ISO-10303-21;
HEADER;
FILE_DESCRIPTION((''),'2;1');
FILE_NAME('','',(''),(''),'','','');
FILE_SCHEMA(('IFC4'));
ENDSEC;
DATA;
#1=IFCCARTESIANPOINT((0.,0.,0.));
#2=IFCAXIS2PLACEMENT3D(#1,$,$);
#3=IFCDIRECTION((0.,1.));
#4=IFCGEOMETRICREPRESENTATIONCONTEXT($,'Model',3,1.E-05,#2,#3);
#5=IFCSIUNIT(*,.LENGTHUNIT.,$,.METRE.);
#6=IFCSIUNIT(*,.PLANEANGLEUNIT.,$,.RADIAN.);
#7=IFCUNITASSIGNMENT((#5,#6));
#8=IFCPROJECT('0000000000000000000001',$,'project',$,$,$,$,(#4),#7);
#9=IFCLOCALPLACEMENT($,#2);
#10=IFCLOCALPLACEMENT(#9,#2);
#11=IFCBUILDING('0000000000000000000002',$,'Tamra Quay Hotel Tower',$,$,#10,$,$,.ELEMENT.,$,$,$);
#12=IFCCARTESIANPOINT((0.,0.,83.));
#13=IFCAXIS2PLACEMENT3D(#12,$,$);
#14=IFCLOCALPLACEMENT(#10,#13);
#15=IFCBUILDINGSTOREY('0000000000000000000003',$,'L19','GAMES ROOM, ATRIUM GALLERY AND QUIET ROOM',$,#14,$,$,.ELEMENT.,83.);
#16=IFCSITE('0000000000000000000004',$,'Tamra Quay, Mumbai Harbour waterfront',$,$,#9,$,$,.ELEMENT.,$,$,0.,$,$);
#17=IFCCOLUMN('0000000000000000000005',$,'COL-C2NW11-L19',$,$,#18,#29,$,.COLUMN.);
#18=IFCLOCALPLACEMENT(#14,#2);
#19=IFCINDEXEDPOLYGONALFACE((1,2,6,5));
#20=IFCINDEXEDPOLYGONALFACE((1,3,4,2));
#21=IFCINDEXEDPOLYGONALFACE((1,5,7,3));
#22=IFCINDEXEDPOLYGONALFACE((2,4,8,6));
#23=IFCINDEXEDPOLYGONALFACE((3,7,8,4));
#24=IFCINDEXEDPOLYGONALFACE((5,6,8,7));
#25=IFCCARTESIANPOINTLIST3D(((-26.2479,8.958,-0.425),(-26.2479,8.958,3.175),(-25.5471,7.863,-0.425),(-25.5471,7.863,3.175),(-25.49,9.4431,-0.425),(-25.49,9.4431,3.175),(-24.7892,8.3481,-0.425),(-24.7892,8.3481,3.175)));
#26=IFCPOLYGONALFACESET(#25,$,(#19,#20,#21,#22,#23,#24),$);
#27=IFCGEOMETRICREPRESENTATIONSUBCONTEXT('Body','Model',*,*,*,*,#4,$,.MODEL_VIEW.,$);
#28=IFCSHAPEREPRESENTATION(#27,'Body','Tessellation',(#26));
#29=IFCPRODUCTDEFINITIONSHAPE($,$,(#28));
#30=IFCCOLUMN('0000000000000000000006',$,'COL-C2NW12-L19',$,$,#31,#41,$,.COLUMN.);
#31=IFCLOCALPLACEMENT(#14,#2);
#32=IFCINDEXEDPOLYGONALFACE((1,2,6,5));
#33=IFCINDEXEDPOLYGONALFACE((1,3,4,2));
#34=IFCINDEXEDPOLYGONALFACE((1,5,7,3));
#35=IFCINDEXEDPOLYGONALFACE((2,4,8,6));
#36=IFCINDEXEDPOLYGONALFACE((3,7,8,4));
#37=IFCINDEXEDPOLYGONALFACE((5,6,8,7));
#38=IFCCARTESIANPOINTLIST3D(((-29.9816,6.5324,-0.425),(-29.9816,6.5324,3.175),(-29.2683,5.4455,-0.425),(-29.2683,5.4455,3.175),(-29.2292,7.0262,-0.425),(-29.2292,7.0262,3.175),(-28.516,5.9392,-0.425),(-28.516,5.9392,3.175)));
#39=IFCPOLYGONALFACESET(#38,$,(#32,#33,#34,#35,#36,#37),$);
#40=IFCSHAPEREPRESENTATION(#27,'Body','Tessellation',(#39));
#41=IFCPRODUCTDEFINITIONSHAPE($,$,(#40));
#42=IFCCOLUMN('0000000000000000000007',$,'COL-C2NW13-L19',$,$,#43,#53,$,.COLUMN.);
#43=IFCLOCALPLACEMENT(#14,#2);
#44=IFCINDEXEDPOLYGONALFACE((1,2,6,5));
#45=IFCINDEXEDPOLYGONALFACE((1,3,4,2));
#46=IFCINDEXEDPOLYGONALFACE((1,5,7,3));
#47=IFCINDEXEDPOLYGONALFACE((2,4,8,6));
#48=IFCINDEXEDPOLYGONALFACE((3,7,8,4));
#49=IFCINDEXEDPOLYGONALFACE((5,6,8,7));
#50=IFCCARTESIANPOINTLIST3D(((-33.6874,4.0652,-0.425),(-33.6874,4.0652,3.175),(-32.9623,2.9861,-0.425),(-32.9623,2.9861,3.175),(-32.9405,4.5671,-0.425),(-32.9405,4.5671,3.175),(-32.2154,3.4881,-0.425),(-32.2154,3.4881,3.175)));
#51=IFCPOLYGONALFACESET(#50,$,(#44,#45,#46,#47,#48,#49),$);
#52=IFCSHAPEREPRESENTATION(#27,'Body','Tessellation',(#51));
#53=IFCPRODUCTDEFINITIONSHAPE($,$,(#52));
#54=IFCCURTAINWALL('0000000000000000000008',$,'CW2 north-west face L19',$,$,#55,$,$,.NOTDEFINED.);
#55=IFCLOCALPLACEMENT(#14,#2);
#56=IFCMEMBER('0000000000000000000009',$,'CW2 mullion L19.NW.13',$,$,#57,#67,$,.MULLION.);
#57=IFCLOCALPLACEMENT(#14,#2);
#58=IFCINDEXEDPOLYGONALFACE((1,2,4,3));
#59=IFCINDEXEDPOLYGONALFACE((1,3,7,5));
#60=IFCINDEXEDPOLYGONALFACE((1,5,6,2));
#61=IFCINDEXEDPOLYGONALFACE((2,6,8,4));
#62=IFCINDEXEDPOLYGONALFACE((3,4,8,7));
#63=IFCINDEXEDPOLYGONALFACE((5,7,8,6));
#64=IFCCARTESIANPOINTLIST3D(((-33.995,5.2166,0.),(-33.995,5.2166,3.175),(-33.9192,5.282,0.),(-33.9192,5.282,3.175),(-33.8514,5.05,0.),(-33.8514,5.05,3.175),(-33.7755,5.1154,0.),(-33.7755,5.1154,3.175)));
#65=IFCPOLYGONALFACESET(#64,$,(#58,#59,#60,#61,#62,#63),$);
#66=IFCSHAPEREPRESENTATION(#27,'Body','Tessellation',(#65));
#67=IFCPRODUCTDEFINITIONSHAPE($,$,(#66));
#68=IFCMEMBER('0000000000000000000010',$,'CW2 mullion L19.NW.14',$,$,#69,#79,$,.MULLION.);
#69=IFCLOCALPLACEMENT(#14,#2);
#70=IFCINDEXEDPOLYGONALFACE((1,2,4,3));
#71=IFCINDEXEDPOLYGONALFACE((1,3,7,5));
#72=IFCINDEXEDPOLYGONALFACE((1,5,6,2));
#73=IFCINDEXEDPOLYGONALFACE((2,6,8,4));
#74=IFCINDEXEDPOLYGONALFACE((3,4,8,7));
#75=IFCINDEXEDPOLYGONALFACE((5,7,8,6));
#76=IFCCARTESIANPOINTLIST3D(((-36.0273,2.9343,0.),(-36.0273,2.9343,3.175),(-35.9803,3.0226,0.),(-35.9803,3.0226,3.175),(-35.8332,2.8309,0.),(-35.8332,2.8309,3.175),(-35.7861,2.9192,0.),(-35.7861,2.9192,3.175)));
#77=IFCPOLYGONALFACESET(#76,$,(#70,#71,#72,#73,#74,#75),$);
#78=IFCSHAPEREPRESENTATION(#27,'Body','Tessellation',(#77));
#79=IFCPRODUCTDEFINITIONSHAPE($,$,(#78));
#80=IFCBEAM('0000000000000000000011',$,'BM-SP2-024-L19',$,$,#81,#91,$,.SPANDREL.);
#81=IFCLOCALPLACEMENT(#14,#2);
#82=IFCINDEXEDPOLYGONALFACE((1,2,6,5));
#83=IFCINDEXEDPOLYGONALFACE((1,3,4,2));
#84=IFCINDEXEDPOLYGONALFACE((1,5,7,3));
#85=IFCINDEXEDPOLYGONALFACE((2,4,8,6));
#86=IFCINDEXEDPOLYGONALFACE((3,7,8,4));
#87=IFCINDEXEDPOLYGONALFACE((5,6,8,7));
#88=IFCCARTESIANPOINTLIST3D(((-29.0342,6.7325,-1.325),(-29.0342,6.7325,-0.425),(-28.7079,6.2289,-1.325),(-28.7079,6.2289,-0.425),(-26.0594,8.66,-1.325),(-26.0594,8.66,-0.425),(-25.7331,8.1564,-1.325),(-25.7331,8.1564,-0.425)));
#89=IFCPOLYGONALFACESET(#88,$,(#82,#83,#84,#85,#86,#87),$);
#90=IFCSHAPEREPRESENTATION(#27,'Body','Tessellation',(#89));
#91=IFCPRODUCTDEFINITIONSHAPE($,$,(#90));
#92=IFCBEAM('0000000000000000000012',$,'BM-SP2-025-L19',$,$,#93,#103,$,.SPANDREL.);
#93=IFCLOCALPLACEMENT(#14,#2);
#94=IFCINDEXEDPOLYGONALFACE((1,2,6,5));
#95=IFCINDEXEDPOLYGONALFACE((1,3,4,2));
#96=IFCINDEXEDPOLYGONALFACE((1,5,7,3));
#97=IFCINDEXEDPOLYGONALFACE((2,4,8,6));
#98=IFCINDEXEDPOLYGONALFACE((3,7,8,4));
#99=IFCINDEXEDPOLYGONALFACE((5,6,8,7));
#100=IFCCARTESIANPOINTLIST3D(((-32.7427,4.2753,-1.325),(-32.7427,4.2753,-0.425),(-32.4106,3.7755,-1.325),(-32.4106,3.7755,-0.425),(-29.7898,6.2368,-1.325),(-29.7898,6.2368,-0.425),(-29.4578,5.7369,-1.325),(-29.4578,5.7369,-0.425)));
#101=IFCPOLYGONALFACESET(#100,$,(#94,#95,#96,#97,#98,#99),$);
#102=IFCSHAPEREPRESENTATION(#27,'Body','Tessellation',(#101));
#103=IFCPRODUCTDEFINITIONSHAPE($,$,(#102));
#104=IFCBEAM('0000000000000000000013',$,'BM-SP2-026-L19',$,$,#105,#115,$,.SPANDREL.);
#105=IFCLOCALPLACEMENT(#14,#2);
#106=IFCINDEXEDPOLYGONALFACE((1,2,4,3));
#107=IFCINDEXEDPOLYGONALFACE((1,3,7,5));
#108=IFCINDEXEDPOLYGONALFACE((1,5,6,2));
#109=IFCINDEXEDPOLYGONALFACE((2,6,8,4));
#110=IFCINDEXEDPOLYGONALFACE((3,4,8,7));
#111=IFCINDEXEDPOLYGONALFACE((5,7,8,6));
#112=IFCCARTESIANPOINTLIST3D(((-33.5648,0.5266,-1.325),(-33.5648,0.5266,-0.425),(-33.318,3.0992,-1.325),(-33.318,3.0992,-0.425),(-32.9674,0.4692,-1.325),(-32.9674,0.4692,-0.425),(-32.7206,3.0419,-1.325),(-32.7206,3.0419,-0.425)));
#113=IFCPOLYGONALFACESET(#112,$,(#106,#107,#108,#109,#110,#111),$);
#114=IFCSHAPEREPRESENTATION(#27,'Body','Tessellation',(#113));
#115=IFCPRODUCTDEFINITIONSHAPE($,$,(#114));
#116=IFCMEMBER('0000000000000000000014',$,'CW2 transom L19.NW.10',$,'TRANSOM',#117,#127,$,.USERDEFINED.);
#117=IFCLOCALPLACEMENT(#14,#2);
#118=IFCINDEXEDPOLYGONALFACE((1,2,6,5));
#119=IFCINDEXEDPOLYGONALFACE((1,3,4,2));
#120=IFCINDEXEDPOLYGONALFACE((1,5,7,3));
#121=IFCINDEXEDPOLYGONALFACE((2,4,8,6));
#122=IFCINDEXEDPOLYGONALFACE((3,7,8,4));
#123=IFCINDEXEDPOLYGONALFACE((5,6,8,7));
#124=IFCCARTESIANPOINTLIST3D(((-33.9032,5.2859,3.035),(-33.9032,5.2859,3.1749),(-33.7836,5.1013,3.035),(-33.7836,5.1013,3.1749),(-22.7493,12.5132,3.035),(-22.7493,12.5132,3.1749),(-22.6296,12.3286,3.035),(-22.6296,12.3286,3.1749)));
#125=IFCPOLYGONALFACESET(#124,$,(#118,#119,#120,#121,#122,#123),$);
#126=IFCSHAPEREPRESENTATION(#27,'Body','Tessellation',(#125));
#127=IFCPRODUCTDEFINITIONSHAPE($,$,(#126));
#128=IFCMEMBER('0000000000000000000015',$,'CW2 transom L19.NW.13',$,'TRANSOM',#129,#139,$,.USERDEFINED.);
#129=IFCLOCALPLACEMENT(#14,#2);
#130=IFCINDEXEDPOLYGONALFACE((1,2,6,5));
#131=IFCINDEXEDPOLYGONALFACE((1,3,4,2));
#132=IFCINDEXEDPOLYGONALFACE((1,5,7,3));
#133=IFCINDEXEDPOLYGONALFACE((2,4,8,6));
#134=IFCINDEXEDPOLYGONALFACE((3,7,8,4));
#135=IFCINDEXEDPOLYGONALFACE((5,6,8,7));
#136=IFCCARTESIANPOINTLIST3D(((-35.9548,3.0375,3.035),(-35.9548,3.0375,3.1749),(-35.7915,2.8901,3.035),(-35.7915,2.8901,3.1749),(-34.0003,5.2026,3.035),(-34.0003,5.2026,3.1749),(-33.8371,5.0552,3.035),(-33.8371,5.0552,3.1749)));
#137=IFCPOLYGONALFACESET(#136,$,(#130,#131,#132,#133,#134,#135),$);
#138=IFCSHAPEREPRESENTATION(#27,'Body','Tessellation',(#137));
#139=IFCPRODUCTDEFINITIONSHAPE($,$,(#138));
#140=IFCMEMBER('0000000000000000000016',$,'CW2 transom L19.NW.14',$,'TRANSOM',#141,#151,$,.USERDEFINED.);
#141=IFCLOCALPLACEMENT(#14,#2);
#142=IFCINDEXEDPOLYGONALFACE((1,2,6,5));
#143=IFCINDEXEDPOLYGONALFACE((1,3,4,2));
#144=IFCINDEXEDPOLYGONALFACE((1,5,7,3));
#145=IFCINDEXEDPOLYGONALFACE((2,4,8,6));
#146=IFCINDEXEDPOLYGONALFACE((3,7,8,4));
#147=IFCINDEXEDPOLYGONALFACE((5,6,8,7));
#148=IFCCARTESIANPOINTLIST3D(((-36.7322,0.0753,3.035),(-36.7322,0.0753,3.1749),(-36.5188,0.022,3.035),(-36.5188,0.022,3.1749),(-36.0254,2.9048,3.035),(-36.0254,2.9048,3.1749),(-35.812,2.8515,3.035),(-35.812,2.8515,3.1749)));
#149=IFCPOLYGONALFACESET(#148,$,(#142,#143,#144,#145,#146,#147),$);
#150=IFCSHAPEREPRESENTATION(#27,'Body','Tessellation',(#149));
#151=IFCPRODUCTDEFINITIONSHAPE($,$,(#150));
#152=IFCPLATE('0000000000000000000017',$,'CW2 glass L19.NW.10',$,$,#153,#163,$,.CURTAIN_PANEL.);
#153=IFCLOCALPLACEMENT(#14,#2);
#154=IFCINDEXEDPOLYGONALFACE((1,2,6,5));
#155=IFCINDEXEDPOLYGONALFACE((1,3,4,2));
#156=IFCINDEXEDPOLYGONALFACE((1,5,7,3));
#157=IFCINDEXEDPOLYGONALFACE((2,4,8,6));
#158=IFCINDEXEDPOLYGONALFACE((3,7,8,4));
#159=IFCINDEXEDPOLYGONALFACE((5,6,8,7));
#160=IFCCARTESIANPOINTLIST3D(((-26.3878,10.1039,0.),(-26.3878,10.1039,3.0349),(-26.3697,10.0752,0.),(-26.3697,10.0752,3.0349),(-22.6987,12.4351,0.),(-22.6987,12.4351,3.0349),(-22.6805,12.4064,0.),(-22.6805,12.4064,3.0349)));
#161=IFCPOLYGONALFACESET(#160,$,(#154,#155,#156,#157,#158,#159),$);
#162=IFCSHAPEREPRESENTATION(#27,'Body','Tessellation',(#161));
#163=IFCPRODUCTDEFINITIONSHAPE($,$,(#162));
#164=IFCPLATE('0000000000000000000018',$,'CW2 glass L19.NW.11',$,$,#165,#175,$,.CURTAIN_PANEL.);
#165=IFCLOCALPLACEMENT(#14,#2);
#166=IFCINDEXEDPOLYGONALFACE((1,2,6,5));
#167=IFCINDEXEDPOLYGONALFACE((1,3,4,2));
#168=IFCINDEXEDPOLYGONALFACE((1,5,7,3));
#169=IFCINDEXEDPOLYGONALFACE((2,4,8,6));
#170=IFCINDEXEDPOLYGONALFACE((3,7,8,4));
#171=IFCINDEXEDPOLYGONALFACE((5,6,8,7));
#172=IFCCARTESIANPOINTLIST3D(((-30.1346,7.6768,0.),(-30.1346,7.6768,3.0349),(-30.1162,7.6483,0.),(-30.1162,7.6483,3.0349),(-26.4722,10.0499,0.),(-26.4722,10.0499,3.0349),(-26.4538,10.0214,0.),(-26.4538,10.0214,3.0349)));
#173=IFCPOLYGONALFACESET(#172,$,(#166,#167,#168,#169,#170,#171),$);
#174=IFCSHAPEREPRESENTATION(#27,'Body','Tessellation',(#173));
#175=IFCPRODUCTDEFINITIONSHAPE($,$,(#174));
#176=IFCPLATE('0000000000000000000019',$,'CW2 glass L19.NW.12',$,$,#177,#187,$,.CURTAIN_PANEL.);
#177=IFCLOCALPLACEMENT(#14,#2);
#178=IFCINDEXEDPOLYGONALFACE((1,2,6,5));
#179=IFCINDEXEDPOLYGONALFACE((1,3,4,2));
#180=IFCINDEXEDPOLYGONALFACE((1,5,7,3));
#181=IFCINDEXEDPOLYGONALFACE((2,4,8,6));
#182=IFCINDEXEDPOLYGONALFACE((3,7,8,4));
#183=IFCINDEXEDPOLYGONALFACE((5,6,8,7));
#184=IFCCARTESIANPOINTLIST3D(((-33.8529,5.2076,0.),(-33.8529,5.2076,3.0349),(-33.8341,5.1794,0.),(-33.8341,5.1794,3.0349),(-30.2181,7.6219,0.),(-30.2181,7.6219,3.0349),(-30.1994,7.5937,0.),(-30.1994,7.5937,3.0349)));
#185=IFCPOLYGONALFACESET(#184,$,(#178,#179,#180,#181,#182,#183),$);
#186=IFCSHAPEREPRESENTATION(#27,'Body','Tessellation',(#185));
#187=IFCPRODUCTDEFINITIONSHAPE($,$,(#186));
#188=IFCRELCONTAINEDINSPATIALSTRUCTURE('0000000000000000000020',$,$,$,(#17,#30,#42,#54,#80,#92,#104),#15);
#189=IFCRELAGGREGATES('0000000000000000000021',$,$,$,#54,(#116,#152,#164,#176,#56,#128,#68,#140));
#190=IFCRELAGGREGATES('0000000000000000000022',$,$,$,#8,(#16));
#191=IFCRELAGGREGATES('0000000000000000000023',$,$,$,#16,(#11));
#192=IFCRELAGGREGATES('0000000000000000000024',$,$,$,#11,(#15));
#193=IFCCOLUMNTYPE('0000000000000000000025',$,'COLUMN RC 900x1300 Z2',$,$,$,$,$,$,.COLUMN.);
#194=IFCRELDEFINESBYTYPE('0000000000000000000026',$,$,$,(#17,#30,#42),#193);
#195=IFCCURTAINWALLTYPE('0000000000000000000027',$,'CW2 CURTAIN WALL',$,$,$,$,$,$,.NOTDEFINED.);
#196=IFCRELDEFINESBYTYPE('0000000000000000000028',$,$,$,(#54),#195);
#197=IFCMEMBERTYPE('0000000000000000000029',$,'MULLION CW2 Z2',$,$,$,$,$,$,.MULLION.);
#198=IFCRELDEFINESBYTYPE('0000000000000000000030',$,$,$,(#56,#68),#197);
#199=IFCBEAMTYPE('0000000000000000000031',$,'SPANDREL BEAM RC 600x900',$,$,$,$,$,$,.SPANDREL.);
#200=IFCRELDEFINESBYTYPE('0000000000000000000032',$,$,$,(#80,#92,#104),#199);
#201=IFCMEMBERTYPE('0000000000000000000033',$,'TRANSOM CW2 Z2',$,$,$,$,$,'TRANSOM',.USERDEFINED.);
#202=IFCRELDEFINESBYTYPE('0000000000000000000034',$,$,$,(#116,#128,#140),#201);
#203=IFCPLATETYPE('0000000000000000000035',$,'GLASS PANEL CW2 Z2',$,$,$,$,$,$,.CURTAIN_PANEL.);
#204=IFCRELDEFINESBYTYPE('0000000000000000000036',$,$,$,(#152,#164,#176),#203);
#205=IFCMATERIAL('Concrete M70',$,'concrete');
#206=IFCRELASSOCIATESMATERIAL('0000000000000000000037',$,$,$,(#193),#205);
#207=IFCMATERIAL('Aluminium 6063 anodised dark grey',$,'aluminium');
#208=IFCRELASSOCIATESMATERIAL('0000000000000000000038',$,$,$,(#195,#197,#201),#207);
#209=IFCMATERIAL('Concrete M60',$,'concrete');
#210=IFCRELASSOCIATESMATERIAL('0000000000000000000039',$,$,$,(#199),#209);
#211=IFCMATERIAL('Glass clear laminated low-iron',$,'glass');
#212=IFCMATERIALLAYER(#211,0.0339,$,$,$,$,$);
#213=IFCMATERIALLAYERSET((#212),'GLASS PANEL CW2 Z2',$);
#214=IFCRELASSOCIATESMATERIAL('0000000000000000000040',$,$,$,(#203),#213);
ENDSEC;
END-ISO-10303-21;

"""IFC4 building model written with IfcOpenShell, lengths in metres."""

from ifc_helpers import new_model, si_unit, direction, frame, origin, origin_2d, place, context, subcontext, project, spatial, rectangle, extrude, material, layer, layer_set, material_profile, profile_set, type_object, element, aggregate, save


model = new_model("IFC4")

# Units and contexts
model_context = context("Model", 3, precision=1e-05, world=origin(), true_north=direction((0.0, 1.0)))
body_context = subcontext(model_context, "Body", "Model", "MODEL_VIEW")
ifc_project = project(units=[si_unit("LENGTHUNIT", "METRE"), si_unit("PLANEANGLEUNIT", "RADIAN")], contexts=[model_context])

# Site, building, storey
site_placement = place(None, origin())
site = spatial("IfcSite", under=ifc_project, at=site_placement, Name="Tamra Quay, Mumbai Harbour waterfront", CompositionType="ELEMENT", RefElevation=0.0)
building_placement = place(site_placement, origin())
building = spatial("IfcBuilding", under=site, at=building_placement, Name="Tamra Quay Hotel Tower", CompositionType="ELEMENT")
storey_placement = place(building_placement, frame((0.0, 0.0, 83.0)))
storey = spatial("IfcBuildingStorey", under=building, at=storey_placement, Name="L19", Description="GAMES ROOM, ATRIUM GALLERY AND QUIET ROOM", CompositionType="ELEMENT", Elevation=83.0)

# Columns
ifc_material_1 = material(Name="Concrete M70", Category="concrete")
ifc_material_profile_1 = material_profile(ifc_material_1, rectangle(XDim=1.3, YDim=0.8999, at=origin_2d()), Name="COLUMN RC 900x1300 Z2")
ifc_profile_set_1 = profile_set([ifc_material_profile_1], Name="Concrete M70")
column_type = type_object("IfcColumnType", Name="COLUMN RC 900x1300 Z2", PredefinedType="COLUMN", material=ifc_profile_set_1)
for number, where, z_axis, x_axis, name in (
    (1, (-25.5186, 8.6531, -0.425), (0.0, 0.0, 1.0), (-0.539065, 0.842264, 0.0), "COL-C2NW11-L19"),
    (2, (-29.2488, 6.2358, -0.425), (0.0, 0.0, 1.0), (-0.548641, 0.836058, 0.0), "COL-C2NW12-L19"),
    (3, (-32.9514, 3.7766, -0.425), (0.0, 0.0, 1.0), (-0.557767, 0.829998, 0.0), "COL-C2NW13-L19"),
):
    element("IfcColumn", number, at=place(storey_placement, frame(where, z_axis=z_axis, x_axis=x_axis)), inside=storey, type_object=column_type, Name=name, PredefinedType="COLUMN", context=body_context, shape_type="SweptSolid", body=[
        extrude(rectangle(XDim=1.3, YDim=0.8999, at=origin_2d()), origin(), (0.0, 0.0, 1.0), 3.6001),
    ])

# Curtain wall, members
ifc_material_2 = material(Name="Aluminium 6063 anodised dark grey", Category="aluminium")
curtain_wall_type = type_object("IfcCurtainWallType", Name="CW2 CURTAIN WALL", PredefinedType="NOTDEFINED", material=ifc_material_2)
curtain_wall_placement = place(storey_placement, origin())
curtain_wall = element("IfcCurtainWall", 4, at=curtain_wall_placement, inside=storey, type_object=curtain_wall_type, Name="CW2 north-west face L19", PredefinedType="NOTDEFINED")
ifc_material_profile_2 = material_profile(ifc_material_2, rectangle(XDim=0.22, YDim=0.1001, at=origin_2d()), Name="MULLION 100X220")
ifc_profile_set_2 = profile_set([ifc_material_profile_2], Name="Aluminium 6063 anodised dark grey")
member_type_1 = type_object("IfcMemberType", Name="MULLION CW2 Z2", PredefinedType="MULLION", material=ifc_profile_set_2)
member_1_placement = place(storey_placement, frame((-33.8853, 5.166, 0.0), z_axis=(0.0, 0.0, 1.0), x_axis=(-0.652887, 0.757455, 0.0)))
member_1 = element("IfcMember", 5, at=member_1_placement, type_object=member_type_1, Name="CW2 mullion L19.NW.13", PredefinedType="MULLION", context=body_context, shape_type="SweptSolid", body=[
    extrude(rectangle(XDim=0.22, YDim=0.1001, at=origin_2d()), origin(), (0.0, 0.0, 1.0), 3.175),
])
member_2_placement = place(storey_placement, frame((-35.9067, 2.9268, 0.0), z_axis=(0.0, 0.0, 1.0), x_axis=(-0.882544, 0.47023, 0.0)))
member_2 = element("IfcMember", 6, at=member_2_placement, type_object=member_type_1, Name="CW2 mullion L19.NW.14", PredefinedType="MULLION", context=body_context, shape_type="SweptSolid", body=[
    extrude(rectangle(XDim=0.22, YDim=0.1001, at=origin_2d()), origin(), (0.0, 0.0, 1.0), 3.175),
])

# Beams
ifc_material_3 = material(Name="Concrete M60", Category="concrete")
ifc_material_profile_3 = material_profile(ifc_material_3, rectangle(XDim=0.6001, YDim=0.8999, at=origin_2d()), Name="SPANDREL BEAM RC 600x900")
ifc_profile_set_3 = profile_set([ifc_material_profile_3], Name="Concrete M60")
beam_type = type_object("IfcBeamType", Name="SPANDREL BEAM RC 600x900", PredefinedType="SPANDREL", material=ifc_profile_set_3)
beam_1_placement = place(storey_placement, frame((-25.8962, 8.4082, -0.875), z_axis=(-0.839237, -0.543765, 0.0), x_axis=(0.543765, -0.839237, 0.0)))
element("IfcBeam", 7, at=beam_1_placement, inside=storey, type_object=beam_type, Name="BM-SP2-024-L19", PredefinedType="SPANDREL", context=body_context, shape_type="SweptSolid", body=[
    extrude(rectangle(XDim=0.6001, YDim=0.8999, at=origin_2d()), origin(), (0.0, 0.0, 1.0), 3.5447),
])
beam_2_placement = place(storey_placement, frame((-29.6238, 5.9868, -0.875), z_axis=(-0.832982, -0.553301, 0.0), x_axis=(0.553301, -0.832982, 0.0)))
element("IfcBeam", 8, at=beam_2_placement, inside=storey, type_object=beam_type, Name="BM-SP2-025-L19", PredefinedType="SPANDREL", context=body_context, shape_type="SweptSolid", body=[
    extrude(rectangle(XDim=0.6001, YDim=0.8999, at=origin_2d()), origin(), (0.0, 0.0, 1.0), 3.5449),
])
beam_3_placement = place(storey_placement, frame((-33.0193, 3.0706, -0.875), z_axis=(-0.0955, -0.995429, 0.0), x_axis=(0.995429, -0.0955, 0.0)))
element("IfcBeam", 9, at=beam_3_placement, inside=storey, type_object=beam_type, Name="BM-SP2-026-L19", PredefinedType="SPANDREL", context=body_context, shape_type="SweptSolid", body=[
    extrude(rectangle(XDim=0.6001, YDim=0.8999, at=origin_2d()), origin(), (0.0, 0.0, 1.0), 2.5845),
])

# Members
ifc_material_profile_4 = material_profile(ifc_material_2, rectangle(XDim=0.22, YDim=0.1399, at=origin_2d()), Name="TRANSOM 220X140")
ifc_profile_set_4 = profile_set([ifc_material_profile_4], Name="Aluminium 6063 anodised dark grey")
member_type_2 = type_object("IfcMemberType", Name="TRANSOM CW2 Z2", ElementType="TRANSOM", PredefinedType="USERDEFINED", material=ifc_profile_set_4)
member_3_placement = place(storey_placement, frame((-22.6895, 12.4209, 3.105), z_axis=(-0.839228, -0.54378, 0.0), x_axis=(0.54378, -0.839228, 0.0)))
member_3 = element("IfcMember", 10, at=member_3_placement, type_object=member_type_2, Name="CW2 transom L19.NW.10", ObjectType="TRANSOM", PredefinedType="USERDEFINED", context=body_context, shape_type="SweptSolid", body=[
    extrude(rectangle(XDim=0.22, YDim=0.1399, at=origin_2d()), origin(), (0.0, 0.0, 1.0), 13.2908),
])
member_4_placement = place(storey_placement, frame((-33.9187, 5.1289, 3.105), z_axis=(-0.670065, -0.742303, 0.0), x_axis=(0.742303, -0.670065, 0.0)))
member_4 = element("IfcMember", 11, at=member_4_placement, type_object=member_type_2, Name="CW2 transom L19.NW.13", ObjectType="TRANSOM", PredefinedType="USERDEFINED", context=body_context, shape_type="SweptSolid", body=[
    extrude(rectangle(XDim=0.22, YDim=0.1399, at=origin_2d()), origin(), (0.0, 0.0, 1.0), 2.9167),
])
member_5_placement = place(storey_placement, frame((-35.9187, 2.8782, 3.105), z_axis=(-0.242339, -0.970192, 0.0), x_axis=(0.970192, -0.242339, 0.0)))
member_5 = element("IfcMember", 12, at=member_5_placement, type_object=member_type_2, Name="CW2 transom L19.NW.14", ObjectType="TRANSOM", PredefinedType="USERDEFINED", context=body_context, shape_type="SweptSolid", body=[
    extrude(rectangle(XDim=0.22, YDim=0.1399, at=origin_2d()), origin(), (0.0, 0.0, 1.0), 2.9165),
])

# Plates
ifc_material_4 = material(Name="Glass clear laminated low-iron", Category="glass")
ifc_layer_1 = layer(ifc_material_4, 0.0339)
ifc_layer_set_1 = layer_set([ifc_layer_1], Name="GLASS PANEL CW2 Z2")
plate_type = type_object("IfcPlateType", Name="GLASS PANEL CW2 Z2", PredefinedType="CURTAIN_PANEL", material=ifc_layer_set_1)
plate_1_placement = place(storey_placement, frame((-24.5342, 11.2551, 0.0), z_axis=(0.0, 0.0, 1.0), x_axis=(-0.845362, -0.534193, 0.0)))
plate_1 = element("IfcPlate", 13, at=plate_1_placement, type_object=plate_type, Name="CW2 glass L19.NW.10", PredefinedType="CURTAIN_PANEL", context=body_context, shape_type="SweptSolid", body=[
    extrude(rectangle(XDim=4.364, YDim=0.0339, at=origin_2d()), origin(), (0.0, 0.0, 1.0), 3.0349),
])
plate_2_placement = place(storey_placement, frame((-28.2942, 8.8491, 0.0), z_axis=(0.0, 0.0, 1.0), x_axis=(-0.839224, -0.543786, 0.0)))
plate_2 = element("IfcPlate", 14, at=plate_2_placement, type_object=plate_type, Name="CW2 glass L19.NW.11", PredefinedType="CURTAIN_PANEL", context=body_context, shape_type="SweptSolid", body=[
    extrude(rectangle(XDim=4.364, YDim=0.0339, at=origin_2d()), origin(), (0.0, 0.0, 1.0), 3.0349),
])
plate_3_placement = place(storey_placement, frame((-32.0261, 6.4006, 0.0), z_axis=(0.0, 0.0, 1.0), x_axis=(-0.832988, -0.553291, 0.0)))
plate_3 = element("IfcPlate", 15, at=plate_3_placement, type_object=plate_type, Name="CW2 glass L19.NW.12", PredefinedType="CURTAIN_PANEL", context=body_context, shape_type="SweptSolid", body=[
    extrude(rectangle(XDim=4.3635, YDim=0.0339, at=origin_2d()), origin(), (0.0, 0.0, 1.0), 3.0349),
])
aggregate(curtain_wall, [member_3, plate_1, plate_2, plate_3, member_1, member_4, member_2, member_5])

save(model, "model.ifc")
